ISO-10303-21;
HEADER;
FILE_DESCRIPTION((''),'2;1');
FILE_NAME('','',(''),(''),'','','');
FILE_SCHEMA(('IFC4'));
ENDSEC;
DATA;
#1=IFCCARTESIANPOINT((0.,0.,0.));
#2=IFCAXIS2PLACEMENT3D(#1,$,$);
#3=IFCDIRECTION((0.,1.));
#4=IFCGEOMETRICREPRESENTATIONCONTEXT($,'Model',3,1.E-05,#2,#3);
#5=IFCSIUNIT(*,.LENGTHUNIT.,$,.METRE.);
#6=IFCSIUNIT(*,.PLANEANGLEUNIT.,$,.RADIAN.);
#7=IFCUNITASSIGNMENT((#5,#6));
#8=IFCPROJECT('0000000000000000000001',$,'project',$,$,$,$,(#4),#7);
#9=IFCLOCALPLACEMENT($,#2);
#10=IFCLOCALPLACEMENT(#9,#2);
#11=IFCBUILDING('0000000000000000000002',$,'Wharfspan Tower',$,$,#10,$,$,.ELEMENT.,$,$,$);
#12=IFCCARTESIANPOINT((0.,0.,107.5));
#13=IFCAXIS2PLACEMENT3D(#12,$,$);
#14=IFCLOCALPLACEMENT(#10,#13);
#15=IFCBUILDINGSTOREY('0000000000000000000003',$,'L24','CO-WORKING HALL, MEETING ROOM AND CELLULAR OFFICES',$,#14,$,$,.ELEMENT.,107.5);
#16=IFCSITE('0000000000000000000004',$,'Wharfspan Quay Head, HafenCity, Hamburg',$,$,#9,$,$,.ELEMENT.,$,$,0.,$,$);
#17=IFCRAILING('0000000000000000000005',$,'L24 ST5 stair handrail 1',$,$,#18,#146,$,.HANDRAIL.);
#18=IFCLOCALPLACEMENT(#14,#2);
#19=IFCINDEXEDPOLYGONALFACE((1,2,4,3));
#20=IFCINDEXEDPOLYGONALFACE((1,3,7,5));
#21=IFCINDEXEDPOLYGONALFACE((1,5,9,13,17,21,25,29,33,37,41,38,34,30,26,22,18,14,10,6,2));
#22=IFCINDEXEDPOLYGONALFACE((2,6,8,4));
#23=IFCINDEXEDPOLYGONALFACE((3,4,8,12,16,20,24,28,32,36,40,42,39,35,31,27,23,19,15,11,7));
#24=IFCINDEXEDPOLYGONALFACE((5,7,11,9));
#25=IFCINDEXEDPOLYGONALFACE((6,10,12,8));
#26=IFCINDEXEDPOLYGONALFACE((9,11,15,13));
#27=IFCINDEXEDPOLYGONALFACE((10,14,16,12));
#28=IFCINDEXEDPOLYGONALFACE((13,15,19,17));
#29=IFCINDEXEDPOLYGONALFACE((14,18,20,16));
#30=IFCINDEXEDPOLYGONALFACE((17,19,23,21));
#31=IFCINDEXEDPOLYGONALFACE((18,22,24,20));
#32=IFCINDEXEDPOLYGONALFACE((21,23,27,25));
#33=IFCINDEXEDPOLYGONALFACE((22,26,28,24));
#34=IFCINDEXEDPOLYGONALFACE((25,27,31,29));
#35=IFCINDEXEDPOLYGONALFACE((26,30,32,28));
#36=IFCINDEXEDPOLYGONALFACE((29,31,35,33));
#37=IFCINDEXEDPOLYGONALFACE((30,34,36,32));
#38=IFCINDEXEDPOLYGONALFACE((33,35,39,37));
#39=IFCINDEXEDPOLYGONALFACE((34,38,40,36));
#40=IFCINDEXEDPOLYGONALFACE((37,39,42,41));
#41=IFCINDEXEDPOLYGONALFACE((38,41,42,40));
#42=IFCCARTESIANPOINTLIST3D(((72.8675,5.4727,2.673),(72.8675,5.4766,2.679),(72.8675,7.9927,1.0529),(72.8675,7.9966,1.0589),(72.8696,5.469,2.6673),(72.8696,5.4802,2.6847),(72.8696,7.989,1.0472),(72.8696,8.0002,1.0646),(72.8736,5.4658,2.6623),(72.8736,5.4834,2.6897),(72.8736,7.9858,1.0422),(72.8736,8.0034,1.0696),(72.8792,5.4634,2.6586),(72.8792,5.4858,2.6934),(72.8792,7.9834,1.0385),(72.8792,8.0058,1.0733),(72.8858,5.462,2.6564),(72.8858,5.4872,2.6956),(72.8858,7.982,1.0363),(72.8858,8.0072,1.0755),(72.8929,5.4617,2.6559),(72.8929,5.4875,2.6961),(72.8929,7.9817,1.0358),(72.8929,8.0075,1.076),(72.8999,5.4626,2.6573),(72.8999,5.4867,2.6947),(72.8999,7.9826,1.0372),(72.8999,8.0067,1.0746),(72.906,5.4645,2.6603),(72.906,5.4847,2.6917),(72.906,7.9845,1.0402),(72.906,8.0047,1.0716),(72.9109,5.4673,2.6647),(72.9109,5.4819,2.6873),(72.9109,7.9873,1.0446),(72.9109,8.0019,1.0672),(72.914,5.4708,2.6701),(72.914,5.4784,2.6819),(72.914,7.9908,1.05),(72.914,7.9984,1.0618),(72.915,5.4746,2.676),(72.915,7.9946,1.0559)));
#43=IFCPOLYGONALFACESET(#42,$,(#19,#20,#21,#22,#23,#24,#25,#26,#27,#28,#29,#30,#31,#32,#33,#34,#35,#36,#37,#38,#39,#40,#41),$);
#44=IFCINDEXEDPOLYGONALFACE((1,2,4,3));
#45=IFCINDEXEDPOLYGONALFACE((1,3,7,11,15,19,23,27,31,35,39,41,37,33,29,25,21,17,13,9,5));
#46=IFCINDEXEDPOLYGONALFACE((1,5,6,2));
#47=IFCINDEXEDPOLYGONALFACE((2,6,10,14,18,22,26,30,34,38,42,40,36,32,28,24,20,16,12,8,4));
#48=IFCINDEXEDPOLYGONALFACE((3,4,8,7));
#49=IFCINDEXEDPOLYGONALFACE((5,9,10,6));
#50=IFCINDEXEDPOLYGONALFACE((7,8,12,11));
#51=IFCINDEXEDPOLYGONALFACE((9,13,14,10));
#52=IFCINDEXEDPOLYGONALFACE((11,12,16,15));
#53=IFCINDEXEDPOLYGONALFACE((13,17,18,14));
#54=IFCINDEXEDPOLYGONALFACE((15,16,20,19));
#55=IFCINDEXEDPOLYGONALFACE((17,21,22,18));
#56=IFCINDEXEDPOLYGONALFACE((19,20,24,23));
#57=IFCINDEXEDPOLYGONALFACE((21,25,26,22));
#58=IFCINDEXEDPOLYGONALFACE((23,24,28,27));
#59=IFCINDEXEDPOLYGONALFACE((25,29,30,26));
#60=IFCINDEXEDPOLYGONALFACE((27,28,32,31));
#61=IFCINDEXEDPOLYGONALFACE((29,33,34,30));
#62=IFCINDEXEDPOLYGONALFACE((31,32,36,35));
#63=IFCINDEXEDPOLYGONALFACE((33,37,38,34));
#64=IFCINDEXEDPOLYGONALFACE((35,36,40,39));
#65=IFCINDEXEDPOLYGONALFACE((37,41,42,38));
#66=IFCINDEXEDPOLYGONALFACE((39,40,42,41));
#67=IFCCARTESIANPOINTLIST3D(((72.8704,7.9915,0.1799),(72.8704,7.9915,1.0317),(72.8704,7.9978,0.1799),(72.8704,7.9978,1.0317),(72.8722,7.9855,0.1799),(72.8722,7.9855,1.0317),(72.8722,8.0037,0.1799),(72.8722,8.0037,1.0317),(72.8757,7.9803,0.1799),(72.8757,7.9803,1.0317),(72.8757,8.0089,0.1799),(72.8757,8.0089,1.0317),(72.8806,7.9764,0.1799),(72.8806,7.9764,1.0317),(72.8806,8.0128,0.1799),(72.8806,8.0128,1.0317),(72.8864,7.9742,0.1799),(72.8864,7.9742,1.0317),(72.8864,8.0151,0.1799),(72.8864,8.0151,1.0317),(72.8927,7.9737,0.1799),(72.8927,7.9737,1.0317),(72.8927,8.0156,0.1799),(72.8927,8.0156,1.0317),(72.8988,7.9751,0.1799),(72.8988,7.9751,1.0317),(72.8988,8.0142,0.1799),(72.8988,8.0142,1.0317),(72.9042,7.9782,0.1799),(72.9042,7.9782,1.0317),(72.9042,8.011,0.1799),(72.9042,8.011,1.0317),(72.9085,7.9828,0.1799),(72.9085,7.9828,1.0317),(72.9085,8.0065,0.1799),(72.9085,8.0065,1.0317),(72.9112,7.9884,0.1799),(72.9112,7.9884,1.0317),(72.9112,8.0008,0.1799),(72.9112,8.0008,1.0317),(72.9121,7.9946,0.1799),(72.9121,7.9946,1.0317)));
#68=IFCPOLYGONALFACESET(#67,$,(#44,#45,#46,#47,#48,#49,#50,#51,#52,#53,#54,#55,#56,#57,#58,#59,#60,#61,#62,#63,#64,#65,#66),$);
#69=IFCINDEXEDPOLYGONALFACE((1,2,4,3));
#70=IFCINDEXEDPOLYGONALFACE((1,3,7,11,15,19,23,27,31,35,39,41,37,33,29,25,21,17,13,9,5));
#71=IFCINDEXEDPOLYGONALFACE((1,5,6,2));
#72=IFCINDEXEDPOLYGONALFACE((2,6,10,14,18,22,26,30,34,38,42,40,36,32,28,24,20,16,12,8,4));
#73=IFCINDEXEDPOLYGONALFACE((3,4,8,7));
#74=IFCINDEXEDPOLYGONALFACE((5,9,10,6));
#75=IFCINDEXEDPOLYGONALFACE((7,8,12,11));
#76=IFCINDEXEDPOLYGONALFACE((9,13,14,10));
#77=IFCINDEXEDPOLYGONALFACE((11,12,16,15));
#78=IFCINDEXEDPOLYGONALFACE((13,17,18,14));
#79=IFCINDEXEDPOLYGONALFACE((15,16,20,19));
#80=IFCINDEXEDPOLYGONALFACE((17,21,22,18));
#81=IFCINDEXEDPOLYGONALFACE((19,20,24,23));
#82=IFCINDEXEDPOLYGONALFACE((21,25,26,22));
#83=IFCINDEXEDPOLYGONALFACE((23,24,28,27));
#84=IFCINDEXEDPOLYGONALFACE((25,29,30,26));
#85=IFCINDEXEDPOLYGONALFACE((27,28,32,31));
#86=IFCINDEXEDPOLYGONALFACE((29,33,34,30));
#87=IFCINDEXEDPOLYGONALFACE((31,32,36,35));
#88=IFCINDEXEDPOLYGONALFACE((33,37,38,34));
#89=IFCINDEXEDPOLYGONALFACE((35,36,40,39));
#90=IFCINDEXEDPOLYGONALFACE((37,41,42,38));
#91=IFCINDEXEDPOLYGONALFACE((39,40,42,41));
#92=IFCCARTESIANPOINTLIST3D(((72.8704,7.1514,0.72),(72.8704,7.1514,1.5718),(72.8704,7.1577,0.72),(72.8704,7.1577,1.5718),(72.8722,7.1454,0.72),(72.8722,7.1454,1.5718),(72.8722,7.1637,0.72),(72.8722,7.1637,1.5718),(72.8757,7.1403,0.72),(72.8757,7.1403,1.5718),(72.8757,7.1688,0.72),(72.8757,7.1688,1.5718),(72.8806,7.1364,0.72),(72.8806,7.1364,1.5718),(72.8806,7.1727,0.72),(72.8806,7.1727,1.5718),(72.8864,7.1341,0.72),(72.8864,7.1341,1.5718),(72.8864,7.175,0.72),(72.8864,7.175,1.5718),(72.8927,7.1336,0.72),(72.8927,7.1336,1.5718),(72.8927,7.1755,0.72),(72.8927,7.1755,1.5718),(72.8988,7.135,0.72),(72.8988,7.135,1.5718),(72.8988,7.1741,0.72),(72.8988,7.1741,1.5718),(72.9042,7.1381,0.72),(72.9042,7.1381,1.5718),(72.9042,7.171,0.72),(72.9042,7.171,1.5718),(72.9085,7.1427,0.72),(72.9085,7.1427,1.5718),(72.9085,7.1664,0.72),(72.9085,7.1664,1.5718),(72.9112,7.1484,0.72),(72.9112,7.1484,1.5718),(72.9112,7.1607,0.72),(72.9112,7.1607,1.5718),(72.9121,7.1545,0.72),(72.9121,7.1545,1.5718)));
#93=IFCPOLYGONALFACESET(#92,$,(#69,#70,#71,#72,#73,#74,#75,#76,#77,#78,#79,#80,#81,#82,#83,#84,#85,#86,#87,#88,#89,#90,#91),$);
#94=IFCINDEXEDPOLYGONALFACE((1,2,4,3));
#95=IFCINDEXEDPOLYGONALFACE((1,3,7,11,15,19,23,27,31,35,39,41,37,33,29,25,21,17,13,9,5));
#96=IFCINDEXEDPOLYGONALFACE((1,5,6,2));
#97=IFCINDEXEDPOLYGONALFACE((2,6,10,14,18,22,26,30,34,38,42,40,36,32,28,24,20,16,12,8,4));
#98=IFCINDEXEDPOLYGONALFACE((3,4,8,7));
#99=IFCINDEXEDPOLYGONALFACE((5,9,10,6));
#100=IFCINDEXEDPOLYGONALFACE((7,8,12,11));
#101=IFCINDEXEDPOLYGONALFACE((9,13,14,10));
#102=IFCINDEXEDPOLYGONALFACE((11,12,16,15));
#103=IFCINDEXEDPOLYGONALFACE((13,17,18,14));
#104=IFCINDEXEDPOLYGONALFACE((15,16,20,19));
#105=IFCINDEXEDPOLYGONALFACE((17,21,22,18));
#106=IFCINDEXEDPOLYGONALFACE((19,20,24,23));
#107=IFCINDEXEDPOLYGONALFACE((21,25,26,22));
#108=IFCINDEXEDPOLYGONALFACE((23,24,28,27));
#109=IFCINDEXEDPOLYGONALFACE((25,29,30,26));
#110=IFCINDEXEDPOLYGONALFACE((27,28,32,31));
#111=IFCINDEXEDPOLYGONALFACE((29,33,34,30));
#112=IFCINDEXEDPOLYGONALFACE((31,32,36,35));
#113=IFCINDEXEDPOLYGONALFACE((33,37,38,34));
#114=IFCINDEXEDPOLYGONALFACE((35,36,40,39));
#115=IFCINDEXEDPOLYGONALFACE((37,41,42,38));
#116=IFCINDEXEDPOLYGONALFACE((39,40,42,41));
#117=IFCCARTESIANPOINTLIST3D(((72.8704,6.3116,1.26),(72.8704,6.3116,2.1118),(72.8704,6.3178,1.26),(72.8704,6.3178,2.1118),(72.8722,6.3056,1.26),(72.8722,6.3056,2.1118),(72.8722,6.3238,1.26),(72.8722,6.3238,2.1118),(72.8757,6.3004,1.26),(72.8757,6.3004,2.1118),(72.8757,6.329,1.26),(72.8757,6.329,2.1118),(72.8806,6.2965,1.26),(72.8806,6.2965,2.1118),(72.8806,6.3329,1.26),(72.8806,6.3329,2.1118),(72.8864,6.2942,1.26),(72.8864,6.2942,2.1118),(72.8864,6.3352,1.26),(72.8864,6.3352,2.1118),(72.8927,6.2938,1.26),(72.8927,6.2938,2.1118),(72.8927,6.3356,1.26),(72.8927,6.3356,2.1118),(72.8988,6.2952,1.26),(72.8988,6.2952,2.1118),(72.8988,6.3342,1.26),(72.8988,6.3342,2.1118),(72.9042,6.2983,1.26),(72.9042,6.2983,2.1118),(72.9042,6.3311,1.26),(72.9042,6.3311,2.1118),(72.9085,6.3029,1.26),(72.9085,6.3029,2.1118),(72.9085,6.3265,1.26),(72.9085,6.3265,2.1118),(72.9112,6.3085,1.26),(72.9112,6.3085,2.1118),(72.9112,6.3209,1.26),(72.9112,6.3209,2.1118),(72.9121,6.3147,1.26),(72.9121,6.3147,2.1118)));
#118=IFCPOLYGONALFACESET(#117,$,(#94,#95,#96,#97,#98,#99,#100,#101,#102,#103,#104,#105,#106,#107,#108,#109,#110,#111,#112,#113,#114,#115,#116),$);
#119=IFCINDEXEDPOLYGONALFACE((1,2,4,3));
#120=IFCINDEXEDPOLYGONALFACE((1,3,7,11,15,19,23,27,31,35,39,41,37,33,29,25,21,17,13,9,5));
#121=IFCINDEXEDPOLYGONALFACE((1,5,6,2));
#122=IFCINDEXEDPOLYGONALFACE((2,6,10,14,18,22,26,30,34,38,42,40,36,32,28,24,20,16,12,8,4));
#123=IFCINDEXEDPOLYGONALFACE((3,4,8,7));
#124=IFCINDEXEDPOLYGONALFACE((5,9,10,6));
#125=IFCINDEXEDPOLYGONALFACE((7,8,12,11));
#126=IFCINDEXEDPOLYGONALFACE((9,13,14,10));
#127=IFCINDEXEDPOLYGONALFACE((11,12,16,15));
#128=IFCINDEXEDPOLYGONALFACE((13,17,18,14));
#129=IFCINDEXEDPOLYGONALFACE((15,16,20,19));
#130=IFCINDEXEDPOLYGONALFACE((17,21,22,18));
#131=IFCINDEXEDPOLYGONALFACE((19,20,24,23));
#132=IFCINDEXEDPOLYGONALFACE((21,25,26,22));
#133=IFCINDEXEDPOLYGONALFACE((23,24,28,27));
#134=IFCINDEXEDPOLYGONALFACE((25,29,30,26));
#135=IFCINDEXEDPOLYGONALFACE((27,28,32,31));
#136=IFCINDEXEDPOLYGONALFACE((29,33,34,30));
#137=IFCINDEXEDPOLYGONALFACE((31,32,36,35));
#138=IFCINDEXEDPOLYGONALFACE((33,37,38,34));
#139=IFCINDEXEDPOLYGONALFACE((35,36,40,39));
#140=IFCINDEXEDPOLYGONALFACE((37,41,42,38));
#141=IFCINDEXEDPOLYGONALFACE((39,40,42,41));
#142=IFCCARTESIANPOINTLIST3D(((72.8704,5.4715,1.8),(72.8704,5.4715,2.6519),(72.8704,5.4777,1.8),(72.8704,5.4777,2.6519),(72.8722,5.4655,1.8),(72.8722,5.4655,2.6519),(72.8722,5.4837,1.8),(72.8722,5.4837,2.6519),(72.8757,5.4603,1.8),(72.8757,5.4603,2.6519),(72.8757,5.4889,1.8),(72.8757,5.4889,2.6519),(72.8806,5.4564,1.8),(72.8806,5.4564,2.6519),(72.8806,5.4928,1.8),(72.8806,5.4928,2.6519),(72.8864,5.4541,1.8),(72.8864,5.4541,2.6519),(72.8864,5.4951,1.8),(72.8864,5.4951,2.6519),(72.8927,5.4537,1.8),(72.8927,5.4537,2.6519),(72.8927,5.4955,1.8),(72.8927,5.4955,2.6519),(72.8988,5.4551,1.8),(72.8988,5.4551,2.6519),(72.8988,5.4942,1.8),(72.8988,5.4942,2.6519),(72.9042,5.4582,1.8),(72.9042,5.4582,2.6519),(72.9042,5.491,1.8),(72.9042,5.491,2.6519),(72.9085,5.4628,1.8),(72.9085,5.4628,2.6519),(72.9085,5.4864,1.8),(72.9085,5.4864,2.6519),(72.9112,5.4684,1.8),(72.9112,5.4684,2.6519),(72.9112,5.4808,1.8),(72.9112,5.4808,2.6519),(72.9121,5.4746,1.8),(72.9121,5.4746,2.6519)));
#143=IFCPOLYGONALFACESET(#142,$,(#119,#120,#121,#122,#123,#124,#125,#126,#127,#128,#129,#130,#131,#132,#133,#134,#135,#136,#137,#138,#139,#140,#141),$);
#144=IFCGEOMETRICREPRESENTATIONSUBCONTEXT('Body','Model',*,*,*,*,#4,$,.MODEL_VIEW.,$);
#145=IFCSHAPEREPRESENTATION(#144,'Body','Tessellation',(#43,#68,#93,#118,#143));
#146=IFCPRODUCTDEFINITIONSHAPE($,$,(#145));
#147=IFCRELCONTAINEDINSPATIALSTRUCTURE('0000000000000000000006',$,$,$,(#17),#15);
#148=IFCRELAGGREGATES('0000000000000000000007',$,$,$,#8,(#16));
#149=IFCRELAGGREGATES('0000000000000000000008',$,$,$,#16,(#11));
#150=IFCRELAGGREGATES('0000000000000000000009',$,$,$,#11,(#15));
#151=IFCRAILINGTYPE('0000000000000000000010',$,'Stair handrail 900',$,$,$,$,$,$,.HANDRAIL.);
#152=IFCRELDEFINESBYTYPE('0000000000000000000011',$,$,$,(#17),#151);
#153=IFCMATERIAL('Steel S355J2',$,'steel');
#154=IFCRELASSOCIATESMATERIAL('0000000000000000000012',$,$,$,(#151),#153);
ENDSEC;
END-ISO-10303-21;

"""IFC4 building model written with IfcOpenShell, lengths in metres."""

from ifc_helpers import new_model, si_unit, direction, frame, origin, origin_2d, place, context, subcontext, project, spatial, circle, extrude, material, type_object, element, save


model = new_model("IFC4")

# Units and contexts
model_context = context("Model", 3, precision=1e-05, world=origin(), true_north=direction((0.0, 1.0)))
body_context = subcontext(model_context, "Body", "Model", "MODEL_VIEW")
ifc_project = project(units=[si_unit("LENGTHUNIT", "METRE"), si_unit("PLANEANGLEUNIT", "RADIAN")], contexts=[model_context])

# Site, building, storey
site_placement = place(None, origin())
site = spatial("IfcSite", under=ifc_project, at=site_placement, Name="Wharfspan Quay Head, HafenCity, Hamburg", CompositionType="ELEMENT", RefElevation=0.0)
building_placement = place(site_placement, origin())
building = spatial("IfcBuilding", under=site, at=building_placement, Name="Wharfspan Tower", CompositionType="ELEMENT")
storey_placement = place(building_placement, frame((0.0, 0.0, 107.5)))
storey = spatial("IfcBuildingStorey", under=building, at=storey_placement, Name="L24", Description="CO-WORKING HALL, MEETING ROOM AND CELLULAR OFFICES", CompositionType="ELEMENT", Elevation=107.5)

# Shared definitions
ifc_material_1 = material(Name="Steel S355J2", Category="steel")

# Railing
railing_type_1 = type_object("IfcRailingType", Name="Stair handrail 900", PredefinedType="HANDRAIL", material=ifc_material_1)
railing_1_placement = place(storey_placement, frame((72.8911, 7.9946, 0.1799)))
element("IfcRailing", 1, at=railing_1_placement, inside=storey, type_object=railing_type_1, Name="L24 ST5 stair handrail 1", PredefinedType="HANDRAIL", context=body_context, shape_type="SweptSolid", body=[
    extrude(circle(Radius=0.0239, at=origin_2d()), frame((0.0, 0.0, 0.876), z_axis=(0.0, -0.841163, 0.540782), x_axis=(1.0, 0.0, 0.0)), (0.0, 0.0, 1.0), 2.9958),
    extrude(circle(Radius=0.021, at=origin_2d()), origin(), (0.0, 0.0, 1.0), 0.8518),
    extrude(circle(Radius=0.021, at=origin_2d()), frame((0.0, -0.8401, 0.54)), (0.0, 0.0, 1.0), 0.8518),
    extrude(circle(Radius=0.021, at=origin_2d()), frame((0.0, -1.6799, 1.0801)), (0.0, 0.0, 1.0), 0.8518),
    extrude(circle(Radius=0.021, at=origin_2d()), frame((0.0, -2.52, 1.6201)), (0.0, 0.0, 1.0), 0.8518),
])

save(model, "model.ifc")
